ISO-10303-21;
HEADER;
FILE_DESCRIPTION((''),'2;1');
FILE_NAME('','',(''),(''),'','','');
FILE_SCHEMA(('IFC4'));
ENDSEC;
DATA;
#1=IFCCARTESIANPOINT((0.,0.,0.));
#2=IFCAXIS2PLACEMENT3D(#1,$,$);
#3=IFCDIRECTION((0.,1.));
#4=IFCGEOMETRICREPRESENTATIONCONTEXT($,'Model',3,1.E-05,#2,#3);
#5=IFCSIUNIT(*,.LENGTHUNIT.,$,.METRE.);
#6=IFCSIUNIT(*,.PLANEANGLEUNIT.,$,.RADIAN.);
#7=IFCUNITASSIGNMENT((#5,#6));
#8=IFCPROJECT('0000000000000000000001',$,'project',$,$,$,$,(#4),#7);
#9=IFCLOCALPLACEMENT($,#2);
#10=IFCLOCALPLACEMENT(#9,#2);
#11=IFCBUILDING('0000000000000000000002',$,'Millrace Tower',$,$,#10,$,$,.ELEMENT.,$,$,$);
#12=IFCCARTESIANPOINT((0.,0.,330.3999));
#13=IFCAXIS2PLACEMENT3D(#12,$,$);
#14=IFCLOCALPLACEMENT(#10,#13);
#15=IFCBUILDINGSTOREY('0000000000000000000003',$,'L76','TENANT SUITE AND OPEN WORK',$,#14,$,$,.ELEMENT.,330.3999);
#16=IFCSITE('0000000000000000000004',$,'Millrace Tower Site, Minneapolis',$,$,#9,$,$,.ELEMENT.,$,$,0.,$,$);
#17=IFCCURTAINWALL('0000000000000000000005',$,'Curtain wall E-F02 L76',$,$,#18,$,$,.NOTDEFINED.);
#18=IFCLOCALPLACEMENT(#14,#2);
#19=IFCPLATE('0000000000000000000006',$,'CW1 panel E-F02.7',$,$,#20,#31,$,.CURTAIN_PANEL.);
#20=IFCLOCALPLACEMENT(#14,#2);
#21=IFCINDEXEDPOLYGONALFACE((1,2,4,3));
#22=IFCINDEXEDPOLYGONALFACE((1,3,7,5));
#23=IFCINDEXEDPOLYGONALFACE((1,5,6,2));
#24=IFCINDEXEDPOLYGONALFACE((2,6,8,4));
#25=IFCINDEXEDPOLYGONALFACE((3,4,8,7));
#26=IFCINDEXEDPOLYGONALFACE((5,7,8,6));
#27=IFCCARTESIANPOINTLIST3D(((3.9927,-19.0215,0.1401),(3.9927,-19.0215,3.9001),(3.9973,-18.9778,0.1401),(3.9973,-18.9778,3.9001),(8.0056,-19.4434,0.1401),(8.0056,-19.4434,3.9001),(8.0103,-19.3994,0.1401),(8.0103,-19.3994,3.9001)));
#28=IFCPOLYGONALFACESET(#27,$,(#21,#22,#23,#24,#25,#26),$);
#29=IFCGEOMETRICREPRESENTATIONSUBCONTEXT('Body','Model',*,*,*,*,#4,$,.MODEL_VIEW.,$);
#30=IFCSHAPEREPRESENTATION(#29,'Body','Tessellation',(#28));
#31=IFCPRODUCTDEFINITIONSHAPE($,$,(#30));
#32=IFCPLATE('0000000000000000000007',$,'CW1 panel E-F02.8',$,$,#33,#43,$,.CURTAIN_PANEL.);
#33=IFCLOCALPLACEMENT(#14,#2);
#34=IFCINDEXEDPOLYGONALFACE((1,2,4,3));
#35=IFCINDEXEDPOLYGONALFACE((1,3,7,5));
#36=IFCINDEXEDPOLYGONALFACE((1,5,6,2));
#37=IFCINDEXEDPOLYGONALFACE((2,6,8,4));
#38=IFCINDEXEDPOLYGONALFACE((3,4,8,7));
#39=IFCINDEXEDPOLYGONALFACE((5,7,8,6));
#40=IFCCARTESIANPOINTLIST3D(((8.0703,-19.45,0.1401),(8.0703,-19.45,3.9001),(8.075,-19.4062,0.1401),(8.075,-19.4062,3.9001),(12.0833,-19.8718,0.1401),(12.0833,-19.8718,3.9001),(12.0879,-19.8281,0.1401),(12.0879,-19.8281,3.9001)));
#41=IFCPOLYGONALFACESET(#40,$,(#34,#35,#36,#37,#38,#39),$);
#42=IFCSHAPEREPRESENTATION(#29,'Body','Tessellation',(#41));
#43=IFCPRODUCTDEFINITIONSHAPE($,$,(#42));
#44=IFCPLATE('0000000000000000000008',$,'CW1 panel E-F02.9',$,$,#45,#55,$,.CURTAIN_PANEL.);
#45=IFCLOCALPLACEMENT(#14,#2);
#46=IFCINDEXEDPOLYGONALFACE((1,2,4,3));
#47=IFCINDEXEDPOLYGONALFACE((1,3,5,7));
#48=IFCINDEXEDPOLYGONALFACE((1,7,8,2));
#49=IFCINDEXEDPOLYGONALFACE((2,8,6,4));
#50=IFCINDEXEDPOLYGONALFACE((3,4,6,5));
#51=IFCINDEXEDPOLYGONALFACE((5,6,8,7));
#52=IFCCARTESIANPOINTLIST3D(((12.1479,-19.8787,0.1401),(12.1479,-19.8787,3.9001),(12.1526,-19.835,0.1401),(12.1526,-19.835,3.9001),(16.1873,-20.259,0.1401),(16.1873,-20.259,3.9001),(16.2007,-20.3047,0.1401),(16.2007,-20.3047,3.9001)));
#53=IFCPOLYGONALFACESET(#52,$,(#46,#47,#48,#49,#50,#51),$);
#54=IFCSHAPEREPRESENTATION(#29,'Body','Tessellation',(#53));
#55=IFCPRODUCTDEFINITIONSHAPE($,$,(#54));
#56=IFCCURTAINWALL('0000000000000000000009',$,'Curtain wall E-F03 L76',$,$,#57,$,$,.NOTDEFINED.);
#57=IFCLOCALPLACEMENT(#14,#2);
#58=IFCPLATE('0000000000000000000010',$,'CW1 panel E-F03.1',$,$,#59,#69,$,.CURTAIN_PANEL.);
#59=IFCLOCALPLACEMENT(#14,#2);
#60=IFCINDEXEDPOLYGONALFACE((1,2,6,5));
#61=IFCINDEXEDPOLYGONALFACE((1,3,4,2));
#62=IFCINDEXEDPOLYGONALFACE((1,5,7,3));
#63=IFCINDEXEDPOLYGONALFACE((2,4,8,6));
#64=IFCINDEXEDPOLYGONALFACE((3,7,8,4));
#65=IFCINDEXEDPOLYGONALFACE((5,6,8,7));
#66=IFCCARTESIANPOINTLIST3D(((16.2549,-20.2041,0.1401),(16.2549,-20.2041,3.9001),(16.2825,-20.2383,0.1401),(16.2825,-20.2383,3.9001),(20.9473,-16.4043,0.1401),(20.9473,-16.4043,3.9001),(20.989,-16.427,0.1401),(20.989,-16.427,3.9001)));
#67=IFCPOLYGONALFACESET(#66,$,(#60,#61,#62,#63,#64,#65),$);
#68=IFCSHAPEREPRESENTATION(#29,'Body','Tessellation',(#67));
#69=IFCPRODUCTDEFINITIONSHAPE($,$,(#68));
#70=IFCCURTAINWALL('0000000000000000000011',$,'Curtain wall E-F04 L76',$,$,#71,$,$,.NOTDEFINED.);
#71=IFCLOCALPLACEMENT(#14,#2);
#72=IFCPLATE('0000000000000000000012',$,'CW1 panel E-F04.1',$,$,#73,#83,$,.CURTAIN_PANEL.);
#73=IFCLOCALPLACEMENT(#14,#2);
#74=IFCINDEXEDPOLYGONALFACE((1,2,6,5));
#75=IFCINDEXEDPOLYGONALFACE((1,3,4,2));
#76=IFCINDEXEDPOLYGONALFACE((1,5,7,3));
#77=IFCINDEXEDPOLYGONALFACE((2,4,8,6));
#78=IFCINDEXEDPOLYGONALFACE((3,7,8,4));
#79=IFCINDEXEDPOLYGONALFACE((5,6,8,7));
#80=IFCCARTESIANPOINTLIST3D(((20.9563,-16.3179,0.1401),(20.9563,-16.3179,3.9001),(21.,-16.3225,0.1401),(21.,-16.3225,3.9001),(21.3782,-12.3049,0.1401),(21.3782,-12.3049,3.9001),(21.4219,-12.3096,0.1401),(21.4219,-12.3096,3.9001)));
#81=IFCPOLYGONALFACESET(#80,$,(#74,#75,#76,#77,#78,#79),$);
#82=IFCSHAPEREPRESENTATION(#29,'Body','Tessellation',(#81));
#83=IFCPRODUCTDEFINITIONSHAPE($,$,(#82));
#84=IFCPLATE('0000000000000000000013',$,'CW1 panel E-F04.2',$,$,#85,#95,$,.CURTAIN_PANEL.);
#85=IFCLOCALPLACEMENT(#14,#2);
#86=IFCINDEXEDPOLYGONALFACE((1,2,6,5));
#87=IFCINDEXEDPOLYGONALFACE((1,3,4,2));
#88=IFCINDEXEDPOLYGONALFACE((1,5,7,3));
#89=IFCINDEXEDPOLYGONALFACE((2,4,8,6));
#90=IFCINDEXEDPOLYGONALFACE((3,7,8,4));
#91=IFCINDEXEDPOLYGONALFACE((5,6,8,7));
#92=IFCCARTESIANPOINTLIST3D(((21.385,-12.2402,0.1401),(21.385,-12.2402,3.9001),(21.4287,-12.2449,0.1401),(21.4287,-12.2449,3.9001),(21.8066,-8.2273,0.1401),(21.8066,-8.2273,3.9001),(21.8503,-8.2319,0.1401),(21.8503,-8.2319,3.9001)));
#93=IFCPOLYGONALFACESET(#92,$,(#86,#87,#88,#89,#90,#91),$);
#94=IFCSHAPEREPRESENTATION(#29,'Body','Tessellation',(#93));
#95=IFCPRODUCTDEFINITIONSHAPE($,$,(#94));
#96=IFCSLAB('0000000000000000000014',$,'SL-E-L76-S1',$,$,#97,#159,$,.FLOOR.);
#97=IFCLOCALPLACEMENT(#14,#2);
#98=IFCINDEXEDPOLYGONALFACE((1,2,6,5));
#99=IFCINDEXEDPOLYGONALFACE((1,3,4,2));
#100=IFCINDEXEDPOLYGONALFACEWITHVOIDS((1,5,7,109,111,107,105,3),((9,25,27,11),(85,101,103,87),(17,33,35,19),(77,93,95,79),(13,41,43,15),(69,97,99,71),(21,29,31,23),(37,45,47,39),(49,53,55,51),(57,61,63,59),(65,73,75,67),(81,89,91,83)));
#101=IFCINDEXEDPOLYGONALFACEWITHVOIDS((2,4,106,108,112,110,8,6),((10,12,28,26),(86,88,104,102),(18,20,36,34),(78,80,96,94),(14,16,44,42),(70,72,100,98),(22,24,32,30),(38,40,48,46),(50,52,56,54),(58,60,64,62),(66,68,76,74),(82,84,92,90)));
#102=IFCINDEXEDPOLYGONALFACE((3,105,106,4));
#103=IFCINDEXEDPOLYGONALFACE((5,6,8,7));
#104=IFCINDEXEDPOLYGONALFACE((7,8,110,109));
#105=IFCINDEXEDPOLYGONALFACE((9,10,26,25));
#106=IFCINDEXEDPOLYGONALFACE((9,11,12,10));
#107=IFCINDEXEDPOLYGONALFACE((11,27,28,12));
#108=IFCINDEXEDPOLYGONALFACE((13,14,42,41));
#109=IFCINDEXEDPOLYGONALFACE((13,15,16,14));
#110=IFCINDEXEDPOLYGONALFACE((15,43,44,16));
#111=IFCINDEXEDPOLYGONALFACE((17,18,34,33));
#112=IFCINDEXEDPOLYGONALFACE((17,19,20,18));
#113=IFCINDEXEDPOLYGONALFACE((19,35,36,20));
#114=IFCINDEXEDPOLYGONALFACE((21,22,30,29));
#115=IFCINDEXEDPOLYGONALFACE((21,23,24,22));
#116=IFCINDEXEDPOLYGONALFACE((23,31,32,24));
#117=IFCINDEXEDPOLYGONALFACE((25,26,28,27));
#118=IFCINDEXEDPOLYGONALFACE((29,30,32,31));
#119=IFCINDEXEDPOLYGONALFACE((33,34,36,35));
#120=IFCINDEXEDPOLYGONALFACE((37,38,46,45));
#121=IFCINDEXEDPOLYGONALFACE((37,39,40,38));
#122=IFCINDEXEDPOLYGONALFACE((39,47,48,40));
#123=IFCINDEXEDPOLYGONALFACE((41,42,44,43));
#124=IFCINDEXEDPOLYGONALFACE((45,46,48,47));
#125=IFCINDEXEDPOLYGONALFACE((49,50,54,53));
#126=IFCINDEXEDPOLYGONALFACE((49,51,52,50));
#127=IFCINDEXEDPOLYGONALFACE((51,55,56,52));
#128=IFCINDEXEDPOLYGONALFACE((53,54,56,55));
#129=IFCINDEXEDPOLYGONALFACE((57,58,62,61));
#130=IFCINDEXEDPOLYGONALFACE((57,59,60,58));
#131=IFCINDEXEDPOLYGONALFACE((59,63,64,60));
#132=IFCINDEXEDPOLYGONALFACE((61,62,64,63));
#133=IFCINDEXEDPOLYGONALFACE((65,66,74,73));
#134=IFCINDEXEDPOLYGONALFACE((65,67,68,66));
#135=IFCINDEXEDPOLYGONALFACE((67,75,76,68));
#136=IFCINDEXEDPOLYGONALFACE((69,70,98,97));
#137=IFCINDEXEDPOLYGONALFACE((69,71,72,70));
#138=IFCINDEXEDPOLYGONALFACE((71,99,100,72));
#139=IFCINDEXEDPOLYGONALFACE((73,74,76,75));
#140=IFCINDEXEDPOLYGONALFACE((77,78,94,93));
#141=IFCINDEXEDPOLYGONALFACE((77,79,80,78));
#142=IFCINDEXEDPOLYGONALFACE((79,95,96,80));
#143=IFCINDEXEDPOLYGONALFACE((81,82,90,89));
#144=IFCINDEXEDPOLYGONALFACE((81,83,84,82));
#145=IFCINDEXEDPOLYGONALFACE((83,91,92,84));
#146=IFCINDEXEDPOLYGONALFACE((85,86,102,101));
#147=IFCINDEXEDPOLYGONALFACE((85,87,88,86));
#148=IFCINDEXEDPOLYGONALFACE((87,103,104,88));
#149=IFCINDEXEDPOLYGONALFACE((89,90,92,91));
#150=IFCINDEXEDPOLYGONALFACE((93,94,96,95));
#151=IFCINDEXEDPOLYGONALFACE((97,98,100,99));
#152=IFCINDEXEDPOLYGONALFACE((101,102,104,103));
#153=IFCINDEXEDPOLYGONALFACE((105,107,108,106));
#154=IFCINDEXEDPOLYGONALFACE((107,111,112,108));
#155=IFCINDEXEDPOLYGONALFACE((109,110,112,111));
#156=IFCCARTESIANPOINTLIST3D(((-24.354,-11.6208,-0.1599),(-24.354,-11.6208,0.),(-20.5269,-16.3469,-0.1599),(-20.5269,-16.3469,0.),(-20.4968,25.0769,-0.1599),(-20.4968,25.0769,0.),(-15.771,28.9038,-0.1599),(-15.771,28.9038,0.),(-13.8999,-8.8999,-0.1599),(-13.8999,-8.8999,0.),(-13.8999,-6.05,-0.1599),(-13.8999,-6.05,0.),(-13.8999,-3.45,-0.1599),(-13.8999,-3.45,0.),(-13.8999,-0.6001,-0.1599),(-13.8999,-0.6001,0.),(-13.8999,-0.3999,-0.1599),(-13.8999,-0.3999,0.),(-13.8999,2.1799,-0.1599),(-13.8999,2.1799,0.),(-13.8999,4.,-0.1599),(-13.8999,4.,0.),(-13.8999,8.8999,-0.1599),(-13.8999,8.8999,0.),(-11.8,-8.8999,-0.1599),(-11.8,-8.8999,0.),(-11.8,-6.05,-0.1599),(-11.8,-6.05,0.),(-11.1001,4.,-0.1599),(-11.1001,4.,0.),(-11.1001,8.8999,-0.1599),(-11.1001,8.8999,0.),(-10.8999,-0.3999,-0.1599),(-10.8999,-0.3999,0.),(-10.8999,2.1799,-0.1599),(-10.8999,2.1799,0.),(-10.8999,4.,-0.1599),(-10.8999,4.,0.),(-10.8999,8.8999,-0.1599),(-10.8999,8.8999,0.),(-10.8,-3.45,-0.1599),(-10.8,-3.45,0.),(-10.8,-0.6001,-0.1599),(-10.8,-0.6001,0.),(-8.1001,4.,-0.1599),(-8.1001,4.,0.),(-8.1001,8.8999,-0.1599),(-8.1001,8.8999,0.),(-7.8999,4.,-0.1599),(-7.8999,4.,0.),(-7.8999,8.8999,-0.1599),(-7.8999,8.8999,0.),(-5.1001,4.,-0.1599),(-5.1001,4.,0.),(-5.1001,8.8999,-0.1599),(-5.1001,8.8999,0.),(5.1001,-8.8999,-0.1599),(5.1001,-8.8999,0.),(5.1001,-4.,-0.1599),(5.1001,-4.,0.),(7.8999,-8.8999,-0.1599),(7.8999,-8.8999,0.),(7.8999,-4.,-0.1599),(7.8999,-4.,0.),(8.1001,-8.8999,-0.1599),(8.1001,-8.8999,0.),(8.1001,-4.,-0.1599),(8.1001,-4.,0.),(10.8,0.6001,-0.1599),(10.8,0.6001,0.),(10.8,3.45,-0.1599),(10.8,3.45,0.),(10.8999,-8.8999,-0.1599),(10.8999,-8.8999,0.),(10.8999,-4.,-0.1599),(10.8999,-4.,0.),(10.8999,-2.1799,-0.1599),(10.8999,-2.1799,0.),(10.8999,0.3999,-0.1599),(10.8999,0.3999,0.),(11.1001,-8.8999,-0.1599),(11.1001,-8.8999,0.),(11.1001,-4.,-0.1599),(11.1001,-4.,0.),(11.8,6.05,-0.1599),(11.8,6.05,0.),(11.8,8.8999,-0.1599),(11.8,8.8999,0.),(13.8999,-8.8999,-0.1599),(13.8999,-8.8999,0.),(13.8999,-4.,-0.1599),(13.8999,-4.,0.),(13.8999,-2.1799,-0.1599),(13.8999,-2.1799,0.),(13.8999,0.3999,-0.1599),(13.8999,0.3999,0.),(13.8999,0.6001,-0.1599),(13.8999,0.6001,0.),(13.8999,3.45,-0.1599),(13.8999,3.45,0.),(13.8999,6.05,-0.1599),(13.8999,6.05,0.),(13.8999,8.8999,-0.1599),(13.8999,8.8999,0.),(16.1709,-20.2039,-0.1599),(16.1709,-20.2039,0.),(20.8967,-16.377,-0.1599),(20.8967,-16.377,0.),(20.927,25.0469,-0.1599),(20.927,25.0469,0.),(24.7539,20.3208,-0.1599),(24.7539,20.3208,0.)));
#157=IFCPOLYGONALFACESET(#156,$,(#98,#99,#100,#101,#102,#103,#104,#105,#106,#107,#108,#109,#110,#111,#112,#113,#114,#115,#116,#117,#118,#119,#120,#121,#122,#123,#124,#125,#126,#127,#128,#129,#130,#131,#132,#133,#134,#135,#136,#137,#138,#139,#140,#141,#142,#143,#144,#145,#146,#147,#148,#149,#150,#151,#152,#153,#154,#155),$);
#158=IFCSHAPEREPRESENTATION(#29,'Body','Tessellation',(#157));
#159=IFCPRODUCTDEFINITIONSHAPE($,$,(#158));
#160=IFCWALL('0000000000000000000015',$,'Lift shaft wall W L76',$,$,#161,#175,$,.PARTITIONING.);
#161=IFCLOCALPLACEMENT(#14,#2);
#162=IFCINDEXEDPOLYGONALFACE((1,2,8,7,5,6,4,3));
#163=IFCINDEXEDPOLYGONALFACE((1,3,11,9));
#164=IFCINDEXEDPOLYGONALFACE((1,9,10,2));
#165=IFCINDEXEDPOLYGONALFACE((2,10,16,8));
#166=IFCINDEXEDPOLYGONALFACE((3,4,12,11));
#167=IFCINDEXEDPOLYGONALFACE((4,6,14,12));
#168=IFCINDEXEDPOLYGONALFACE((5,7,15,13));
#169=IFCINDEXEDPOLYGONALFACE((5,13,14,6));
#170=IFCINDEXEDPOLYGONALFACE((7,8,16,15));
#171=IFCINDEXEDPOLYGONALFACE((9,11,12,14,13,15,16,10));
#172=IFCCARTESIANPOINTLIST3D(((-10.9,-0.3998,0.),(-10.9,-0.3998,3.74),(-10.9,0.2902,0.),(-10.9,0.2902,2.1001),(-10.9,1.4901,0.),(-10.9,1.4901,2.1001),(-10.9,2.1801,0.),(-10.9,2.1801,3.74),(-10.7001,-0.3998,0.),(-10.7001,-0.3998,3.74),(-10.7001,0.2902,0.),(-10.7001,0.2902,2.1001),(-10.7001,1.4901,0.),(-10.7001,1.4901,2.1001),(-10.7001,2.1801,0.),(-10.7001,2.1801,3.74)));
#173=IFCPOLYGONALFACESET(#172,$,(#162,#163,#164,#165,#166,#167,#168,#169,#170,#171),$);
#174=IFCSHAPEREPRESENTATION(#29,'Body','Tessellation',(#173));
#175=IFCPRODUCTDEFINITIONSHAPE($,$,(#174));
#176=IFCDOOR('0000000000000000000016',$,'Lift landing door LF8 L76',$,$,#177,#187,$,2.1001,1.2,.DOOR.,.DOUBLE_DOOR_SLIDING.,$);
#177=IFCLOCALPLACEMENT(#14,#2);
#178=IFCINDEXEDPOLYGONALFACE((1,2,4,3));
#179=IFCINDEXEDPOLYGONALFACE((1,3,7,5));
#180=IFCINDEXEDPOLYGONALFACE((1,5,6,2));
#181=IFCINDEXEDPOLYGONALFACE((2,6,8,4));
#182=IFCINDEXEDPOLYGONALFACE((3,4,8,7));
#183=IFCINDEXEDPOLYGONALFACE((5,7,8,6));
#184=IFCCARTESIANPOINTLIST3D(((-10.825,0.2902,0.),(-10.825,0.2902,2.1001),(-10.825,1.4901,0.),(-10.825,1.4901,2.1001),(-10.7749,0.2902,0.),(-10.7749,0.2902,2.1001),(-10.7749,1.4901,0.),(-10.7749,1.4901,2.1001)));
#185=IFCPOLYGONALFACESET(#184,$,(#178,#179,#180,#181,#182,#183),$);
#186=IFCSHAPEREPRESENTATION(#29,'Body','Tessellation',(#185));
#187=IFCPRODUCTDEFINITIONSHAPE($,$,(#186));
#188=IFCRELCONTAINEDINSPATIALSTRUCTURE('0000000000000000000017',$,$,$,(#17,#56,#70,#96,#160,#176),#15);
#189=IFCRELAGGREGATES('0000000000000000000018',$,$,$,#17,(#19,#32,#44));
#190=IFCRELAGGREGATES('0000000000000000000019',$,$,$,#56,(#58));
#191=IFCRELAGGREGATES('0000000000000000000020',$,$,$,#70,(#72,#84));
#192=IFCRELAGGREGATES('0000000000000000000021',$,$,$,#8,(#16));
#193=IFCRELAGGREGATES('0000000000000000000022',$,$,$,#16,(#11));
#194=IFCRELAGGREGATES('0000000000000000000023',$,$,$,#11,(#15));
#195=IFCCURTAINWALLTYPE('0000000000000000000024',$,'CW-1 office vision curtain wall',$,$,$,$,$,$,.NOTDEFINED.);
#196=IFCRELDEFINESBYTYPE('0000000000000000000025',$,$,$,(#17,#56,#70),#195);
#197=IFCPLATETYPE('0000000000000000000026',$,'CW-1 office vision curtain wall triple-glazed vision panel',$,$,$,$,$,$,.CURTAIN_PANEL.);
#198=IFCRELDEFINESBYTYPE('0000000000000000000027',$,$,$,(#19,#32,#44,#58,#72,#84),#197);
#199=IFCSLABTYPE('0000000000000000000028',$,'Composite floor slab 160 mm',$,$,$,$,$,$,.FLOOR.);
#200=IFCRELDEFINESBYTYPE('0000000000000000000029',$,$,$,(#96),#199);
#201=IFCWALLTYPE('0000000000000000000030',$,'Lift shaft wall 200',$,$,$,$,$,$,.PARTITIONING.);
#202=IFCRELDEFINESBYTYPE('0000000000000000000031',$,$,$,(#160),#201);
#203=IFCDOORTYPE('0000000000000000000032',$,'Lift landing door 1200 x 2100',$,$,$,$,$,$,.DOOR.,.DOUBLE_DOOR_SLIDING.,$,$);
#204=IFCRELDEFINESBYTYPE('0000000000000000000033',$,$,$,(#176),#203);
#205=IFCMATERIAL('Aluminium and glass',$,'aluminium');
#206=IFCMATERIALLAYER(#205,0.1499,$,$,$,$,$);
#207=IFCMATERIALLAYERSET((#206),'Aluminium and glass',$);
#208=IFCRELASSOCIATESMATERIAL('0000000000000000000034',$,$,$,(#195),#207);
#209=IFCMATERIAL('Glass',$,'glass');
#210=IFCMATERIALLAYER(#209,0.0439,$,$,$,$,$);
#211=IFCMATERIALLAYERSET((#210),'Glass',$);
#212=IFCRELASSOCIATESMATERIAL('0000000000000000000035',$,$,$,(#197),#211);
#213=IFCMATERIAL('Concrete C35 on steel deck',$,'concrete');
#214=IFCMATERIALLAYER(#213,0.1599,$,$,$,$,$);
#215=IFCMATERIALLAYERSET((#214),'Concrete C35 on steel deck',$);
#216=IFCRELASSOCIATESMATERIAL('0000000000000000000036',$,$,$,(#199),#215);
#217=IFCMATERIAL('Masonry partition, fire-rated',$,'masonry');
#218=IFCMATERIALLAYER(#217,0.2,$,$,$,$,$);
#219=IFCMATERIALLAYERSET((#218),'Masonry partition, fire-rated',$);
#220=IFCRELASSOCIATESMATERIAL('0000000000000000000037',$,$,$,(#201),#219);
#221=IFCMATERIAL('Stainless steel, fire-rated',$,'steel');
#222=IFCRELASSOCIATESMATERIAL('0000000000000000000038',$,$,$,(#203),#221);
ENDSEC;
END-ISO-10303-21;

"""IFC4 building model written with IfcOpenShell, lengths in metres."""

from ifc_helpers import new_model, si_unit, direction, frame, frame_2d, origin, place, context, subcontext, project, spatial, polyline, rectangle, outline, extrude, material, layer, layer_set, type_object, element, fill, aggregate, save


model = new_model("IFC4")

# Units and contexts
model_context = context("Model", 3, precision=1e-05, world=origin(), true_north=direction((0.0, 1.0)))
body_context = subcontext(model_context, "Body", "Model", "MODEL_VIEW")
ifc_project = project(units=[si_unit("LENGTHUNIT", "METRE"), si_unit("PLANEANGLEUNIT", "RADIAN")], contexts=[model_context])

# Site, building, storey
site_placement = place(None, origin())
site = spatial("IfcSite", under=ifc_project, at=site_placement, Name="Millrace Tower Site, Minneapolis", CompositionType="ELEMENT", RefElevation=0.0)
building_placement = place(site_placement, origin())
building = spatial("IfcBuilding", under=site, at=building_placement, Name="Millrace Tower", CompositionType="ELEMENT")
storey_placement = place(building_placement, frame((0.0, 0.0, 330.3999)))
storey = spatial("IfcBuildingStorey", under=building, at=storey_placement, Name="L76", Description="TENANT SUITE AND OPEN WORK", CompositionType="ELEMENT", Elevation=330.3999)

# Shared definitions
ifc_material_1 = material(Name="Aluminium and glass", Category="aluminium")
ifc_layer_1 = layer(ifc_material_1, 0.1499)
ifc_layer_set_1 = layer_set([ifc_layer_1], Name="Aluminium and glass")
curtain_wall_type = type_object("IfcCurtainWallType", Name="CW-1 office vision curtain wall", PredefinedType="NOTDEFINED", material=ifc_layer_set_1)
placement_1 = place(storey_placement, origin())
ifc_material_2 = material(Name="Glass", Category="glass")
ifc_layer_2 = layer(ifc_material_2, 0.0439)
ifc_layer_set_2 = layer_set([ifc_layer_2], Name="Glass")
plate_type = type_object("IfcPlateType", Name="CW-1 office vision curtain wall triple-glazed vision panel", PredefinedType="CURTAIN_PANEL", material=ifc_layer_set_2)
placement_2 = place(storey_placement, frame((0.0, 0.0, 0.1401)))

# Curtain wall, plates
curtain_wall_1 = element("IfcCurtainWall", 1, at=placement_1, inside=storey, type_object=curtain_wall_type, Name="Curtain wall E-F02 L76", PredefinedType="NOTDEFINED")
plate_1 = element("IfcPlate", 2, at=placement_2, type_object=plate_type, Name="CW1 panel E-F02.7", PredefinedType="CURTAIN_PANEL", context=body_context, shape_type="SweptSolid", body=[
    extrude(outline(polyline([(3.9927, -19.0215), (8.0056, -19.4434), (8.0103, -19.3994), (3.9973, -18.9778), (3.9927, -19.0215)])), origin(), (0.0, 0.0, 1.0), 3.76),
])
plate_2 = element("IfcPlate", 3, at=placement_2, type_object=plate_type, Name="CW1 panel E-F02.8", PredefinedType="CURTAIN_PANEL", context=body_context, shape_type="SweptSolid", body=[
    extrude(outline(polyline([(8.0703, -19.45), (12.0833, -19.8718), (12.0879, -19.8281), (8.075, -19.4062), (8.0703, -19.45)])), origin(), (0.0, 0.0, 1.0), 3.76),
])
plate_3 = element("IfcPlate", 4, at=placement_2, type_object=plate_type, Name="CW1 panel E-F02.9", PredefinedType="CURTAIN_PANEL", context=body_context, shape_type="SweptSolid", body=[
    extrude(outline(polyline([(12.1479, -19.8787), (16.2007, -20.3047), (16.1873, -20.259), (12.1526, -19.835), (12.1479, -19.8787)])), origin(), (0.0, 0.0, 1.0), 3.76),
])
aggregate(curtain_wall_1, [plate_1, plate_2, plate_3])

# Curtain wall, plate
curtain_wall_2 = element("IfcCurtainWall", 5, at=placement_1, inside=storey, type_object=curtain_wall_type, Name="Curtain wall E-F03 L76", PredefinedType="NOTDEFINED")
plate_4 = element("IfcPlate", 6, at=placement_2, type_object=plate_type, Name="CW1 panel E-F03.1", PredefinedType="CURTAIN_PANEL", context=body_context, shape_type="SweptSolid", body=[
    extrude(outline(polyline([(16.2825, -20.2383), (20.989, -16.427), (20.9473, -16.4043), (16.2549, -20.2041), (16.2825, -20.2383)])), origin(), (0.0, 0.0, 1.0), 3.76),
])
aggregate(curtain_wall_2, [plate_4])

# Curtain wall, plates
curtain_wall_3 = element("IfcCurtainWall", 7, at=placement_1, inside=storey, type_object=curtain_wall_type, Name="Curtain wall E-F04 L76", PredefinedType="NOTDEFINED")
plate_5 = element("IfcPlate", 8, at=placement_2, type_object=plate_type, Name="CW1 panel E-F04.1", PredefinedType="CURTAIN_PANEL", context=body_context, shape_type="SweptSolid", body=[
    extrude(outline(polyline([(21.0, -16.3225), (21.4219, -12.3096), (21.3782, -12.3049), (20.9563, -16.3179), (21.0, -16.3225)])), origin(), (0.0, 0.0, 1.0), 3.76),
])
plate_6 = element("IfcPlate", 9, at=placement_2, type_object=plate_type, Name="CW1 panel E-F04.2", PredefinedType="CURTAIN_PANEL", context=body_context, shape_type="SweptSolid", body=[
    extrude(outline(polyline([(21.4287, -12.2449), (21.8503, -8.2319), (21.8066, -8.2273), (21.385, -12.2402), (21.4287, -12.2449)])), origin(), (0.0, 0.0, 1.0), 3.76),
])
aggregate(curtain_wall_3, [plate_5, plate_6])

# Slab
ifc_material_3 = material(Name="Concrete C35 on steel deck", Category="concrete")
ifc_layer_3 = layer(ifc_material_3, 0.1599)
ifc_layer_set_3 = layer_set([ifc_layer_3], Name="Concrete C35 on steel deck")
slab_type = type_object("IfcSlabType", Name="Composite floor slab 160 mm", PredefinedType="FLOOR", material=ifc_layer_set_3)
slab_placement = place(storey_placement, frame((0.0, 0.0, -0.1599)))
element("IfcSlab", 10, at=slab_placement, inside=storey, type_object=slab_type, Name="SL-E-L76-S1", PredefinedType="FLOOR", context=body_context, shape_type="SweptSolid", body=[
    extrude(outline(polyline([(-24.354, -11.6208), (-20.5269, -16.3469), (16.1709, -20.2039), (20.8967, -16.377), (24.7539, 20.3208), (20.927, 25.0469), (-15.771, 28.9038), (-20.4968, 25.0769), (-24.354, -11.6208)]), holes=[polyline([(-13.8999, -8.8999), (-11.8, -8.8999), (-11.8, -6.05), (-13.8999, -6.05), (-13.8999, -8.8999)]), polyline([(-13.8999, -3.45), (-10.8, -3.45), (-10.8, -0.6001), (-13.8999, -0.6001), (-13.8999, -3.45)]), polyline([(-13.8999, -0.3999), (-10.8999, -0.3999), (-10.8999, 2.1799), (-13.8999, 2.1799), (-13.8999, -0.3999)]), polyline([(-13.8999, 4.0), (-11.1001, 4.0), (-11.1001, 8.8999), (-13.8999, 8.8999), (-13.8999, 4.0)]), polyline([(-10.8999, 4.0), (-8.1001, 4.0), (-8.1001, 8.8999), (-10.8999, 8.8999), (-10.8999, 4.0)]), polyline([(-7.8999, 4.0), (-5.1001, 4.0), (-5.1001, 8.8999), (-7.8999, 8.8999), (-7.8999, 4.0)]), polyline([(11.8, 6.05), (13.8999, 6.05), (13.8999, 8.8999), (11.8, 8.8999), (11.8, 6.05)]), polyline([(10.8, 0.6001), (13.8999, 0.6001), (13.8999, 3.45), (10.8, 3.45), (10.8, 0.6001)]), polyline([(10.8999, -2.1799), (13.8999, -2.1799), (13.8999, 0.3999), (10.8999, 0.3999), (10.8999, -2.1799)]), polyline([(11.1001, -8.8999), (13.8999, -8.8999), (13.8999, -4.0), (11.1001, -4.0), (11.1001, -8.8999)]), polyline([(8.1001, -8.8999), (10.8999, -8.8999), (10.8999, -4.0), (8.1001, -4.0), (8.1001, -8.8999)]), polyline([(5.1001, -8.8999), (7.8999, -8.8999), (7.8999, -4.0), (5.1001, -4.0), (5.1001, -8.8999)])]), origin(), (0.0, 0.0, 1.0), 0.1599),
])

# Wall, opening, door
ifc_material_4 = material(Name="Masonry partition, fire-rated", Category="masonry")
ifc_layer_4 = layer(ifc_material_4, 0.2)
ifc_layer_set_4 = layer_set([ifc_layer_4], Name="Masonry partition, fire-rated")
wall_type_1 = type_object("IfcWallType", Name="Lift shaft wall 200", PredefinedType="PARTITIONING", material=ifc_layer_set_4)
wall_1_placement = place(storey_placement, frame((-10.8, -0.3999, 0.0), z_axis=(0.0, 0.0, 1.0), x_axis=(0.0, 1.0, 0.0)))
wall_1 = element("IfcWall", 11, at=wall_1_placement, inside=storey, type_object=wall_type_1, Name="Lift shaft wall W L76", PredefinedType="PARTITIONING", context=body_context, shape_type="SweptSolid", body=[
    extrude(rectangle(XDim=2.5798, YDim=0.2, at=frame_2d((1.29, 0.0))), origin(), (0.0, 0.0, 1.0), 3.74),
])
opening_1_placement = place(wall_1_placement, frame((0.6899, 0.0, 0.0)))
opening_1 = element("IfcOpeningElement", 12, at=opening_1_placement, cuts=wall_1, PredefinedType="OPENING", context=body_context, shape_type="SweptSolid", body=[
    extrude(rectangle(XDim=1.2, YDim=2.1001, at=frame_2d((0.6001, 1.05))), frame((0.0, 0.1099, 0.0), z_axis=(0.0, -1.0, 0.0), x_axis=(1.0, 0.0, 0.0)), (0.0, 0.0, 1.0), 0.22),
])
ifc_material_5 = material(Name="Stainless steel, fire-rated", Category="steel")
door_type_1 = type_object("IfcDoorType", Name="Lift landing door 1200 x 2100", OperationType="DOUBLE_DOOR_SLIDING", PredefinedType="DOOR", material=ifc_material_5)
door_1_placement = place(opening_1_placement, origin())
door_1 = element("IfcDoor", 13, at=door_1_placement, inside=storey, type_object=door_type_1, Name="Lift landing door LF8 L76", OperationType="DOUBLE_DOOR_SLIDING", OverallHeight=2.1001, OverallWidth=1.2, PredefinedType="DOOR", context=body_context, shape_type="SweptSolid", body=[
    extrude(rectangle(XDim=1.2, YDim=2.1001, at=frame_2d((0.6001, 1.05))), frame((0.0, 0.0249, 0.0), z_axis=(0.0, -1.0, 0.0), x_axis=(1.0, 0.0, 0.0)), (0.0, 0.0, 1.0), 0.05),
])
fill(opening_1, door_1)

save(model, "model.ifc")
